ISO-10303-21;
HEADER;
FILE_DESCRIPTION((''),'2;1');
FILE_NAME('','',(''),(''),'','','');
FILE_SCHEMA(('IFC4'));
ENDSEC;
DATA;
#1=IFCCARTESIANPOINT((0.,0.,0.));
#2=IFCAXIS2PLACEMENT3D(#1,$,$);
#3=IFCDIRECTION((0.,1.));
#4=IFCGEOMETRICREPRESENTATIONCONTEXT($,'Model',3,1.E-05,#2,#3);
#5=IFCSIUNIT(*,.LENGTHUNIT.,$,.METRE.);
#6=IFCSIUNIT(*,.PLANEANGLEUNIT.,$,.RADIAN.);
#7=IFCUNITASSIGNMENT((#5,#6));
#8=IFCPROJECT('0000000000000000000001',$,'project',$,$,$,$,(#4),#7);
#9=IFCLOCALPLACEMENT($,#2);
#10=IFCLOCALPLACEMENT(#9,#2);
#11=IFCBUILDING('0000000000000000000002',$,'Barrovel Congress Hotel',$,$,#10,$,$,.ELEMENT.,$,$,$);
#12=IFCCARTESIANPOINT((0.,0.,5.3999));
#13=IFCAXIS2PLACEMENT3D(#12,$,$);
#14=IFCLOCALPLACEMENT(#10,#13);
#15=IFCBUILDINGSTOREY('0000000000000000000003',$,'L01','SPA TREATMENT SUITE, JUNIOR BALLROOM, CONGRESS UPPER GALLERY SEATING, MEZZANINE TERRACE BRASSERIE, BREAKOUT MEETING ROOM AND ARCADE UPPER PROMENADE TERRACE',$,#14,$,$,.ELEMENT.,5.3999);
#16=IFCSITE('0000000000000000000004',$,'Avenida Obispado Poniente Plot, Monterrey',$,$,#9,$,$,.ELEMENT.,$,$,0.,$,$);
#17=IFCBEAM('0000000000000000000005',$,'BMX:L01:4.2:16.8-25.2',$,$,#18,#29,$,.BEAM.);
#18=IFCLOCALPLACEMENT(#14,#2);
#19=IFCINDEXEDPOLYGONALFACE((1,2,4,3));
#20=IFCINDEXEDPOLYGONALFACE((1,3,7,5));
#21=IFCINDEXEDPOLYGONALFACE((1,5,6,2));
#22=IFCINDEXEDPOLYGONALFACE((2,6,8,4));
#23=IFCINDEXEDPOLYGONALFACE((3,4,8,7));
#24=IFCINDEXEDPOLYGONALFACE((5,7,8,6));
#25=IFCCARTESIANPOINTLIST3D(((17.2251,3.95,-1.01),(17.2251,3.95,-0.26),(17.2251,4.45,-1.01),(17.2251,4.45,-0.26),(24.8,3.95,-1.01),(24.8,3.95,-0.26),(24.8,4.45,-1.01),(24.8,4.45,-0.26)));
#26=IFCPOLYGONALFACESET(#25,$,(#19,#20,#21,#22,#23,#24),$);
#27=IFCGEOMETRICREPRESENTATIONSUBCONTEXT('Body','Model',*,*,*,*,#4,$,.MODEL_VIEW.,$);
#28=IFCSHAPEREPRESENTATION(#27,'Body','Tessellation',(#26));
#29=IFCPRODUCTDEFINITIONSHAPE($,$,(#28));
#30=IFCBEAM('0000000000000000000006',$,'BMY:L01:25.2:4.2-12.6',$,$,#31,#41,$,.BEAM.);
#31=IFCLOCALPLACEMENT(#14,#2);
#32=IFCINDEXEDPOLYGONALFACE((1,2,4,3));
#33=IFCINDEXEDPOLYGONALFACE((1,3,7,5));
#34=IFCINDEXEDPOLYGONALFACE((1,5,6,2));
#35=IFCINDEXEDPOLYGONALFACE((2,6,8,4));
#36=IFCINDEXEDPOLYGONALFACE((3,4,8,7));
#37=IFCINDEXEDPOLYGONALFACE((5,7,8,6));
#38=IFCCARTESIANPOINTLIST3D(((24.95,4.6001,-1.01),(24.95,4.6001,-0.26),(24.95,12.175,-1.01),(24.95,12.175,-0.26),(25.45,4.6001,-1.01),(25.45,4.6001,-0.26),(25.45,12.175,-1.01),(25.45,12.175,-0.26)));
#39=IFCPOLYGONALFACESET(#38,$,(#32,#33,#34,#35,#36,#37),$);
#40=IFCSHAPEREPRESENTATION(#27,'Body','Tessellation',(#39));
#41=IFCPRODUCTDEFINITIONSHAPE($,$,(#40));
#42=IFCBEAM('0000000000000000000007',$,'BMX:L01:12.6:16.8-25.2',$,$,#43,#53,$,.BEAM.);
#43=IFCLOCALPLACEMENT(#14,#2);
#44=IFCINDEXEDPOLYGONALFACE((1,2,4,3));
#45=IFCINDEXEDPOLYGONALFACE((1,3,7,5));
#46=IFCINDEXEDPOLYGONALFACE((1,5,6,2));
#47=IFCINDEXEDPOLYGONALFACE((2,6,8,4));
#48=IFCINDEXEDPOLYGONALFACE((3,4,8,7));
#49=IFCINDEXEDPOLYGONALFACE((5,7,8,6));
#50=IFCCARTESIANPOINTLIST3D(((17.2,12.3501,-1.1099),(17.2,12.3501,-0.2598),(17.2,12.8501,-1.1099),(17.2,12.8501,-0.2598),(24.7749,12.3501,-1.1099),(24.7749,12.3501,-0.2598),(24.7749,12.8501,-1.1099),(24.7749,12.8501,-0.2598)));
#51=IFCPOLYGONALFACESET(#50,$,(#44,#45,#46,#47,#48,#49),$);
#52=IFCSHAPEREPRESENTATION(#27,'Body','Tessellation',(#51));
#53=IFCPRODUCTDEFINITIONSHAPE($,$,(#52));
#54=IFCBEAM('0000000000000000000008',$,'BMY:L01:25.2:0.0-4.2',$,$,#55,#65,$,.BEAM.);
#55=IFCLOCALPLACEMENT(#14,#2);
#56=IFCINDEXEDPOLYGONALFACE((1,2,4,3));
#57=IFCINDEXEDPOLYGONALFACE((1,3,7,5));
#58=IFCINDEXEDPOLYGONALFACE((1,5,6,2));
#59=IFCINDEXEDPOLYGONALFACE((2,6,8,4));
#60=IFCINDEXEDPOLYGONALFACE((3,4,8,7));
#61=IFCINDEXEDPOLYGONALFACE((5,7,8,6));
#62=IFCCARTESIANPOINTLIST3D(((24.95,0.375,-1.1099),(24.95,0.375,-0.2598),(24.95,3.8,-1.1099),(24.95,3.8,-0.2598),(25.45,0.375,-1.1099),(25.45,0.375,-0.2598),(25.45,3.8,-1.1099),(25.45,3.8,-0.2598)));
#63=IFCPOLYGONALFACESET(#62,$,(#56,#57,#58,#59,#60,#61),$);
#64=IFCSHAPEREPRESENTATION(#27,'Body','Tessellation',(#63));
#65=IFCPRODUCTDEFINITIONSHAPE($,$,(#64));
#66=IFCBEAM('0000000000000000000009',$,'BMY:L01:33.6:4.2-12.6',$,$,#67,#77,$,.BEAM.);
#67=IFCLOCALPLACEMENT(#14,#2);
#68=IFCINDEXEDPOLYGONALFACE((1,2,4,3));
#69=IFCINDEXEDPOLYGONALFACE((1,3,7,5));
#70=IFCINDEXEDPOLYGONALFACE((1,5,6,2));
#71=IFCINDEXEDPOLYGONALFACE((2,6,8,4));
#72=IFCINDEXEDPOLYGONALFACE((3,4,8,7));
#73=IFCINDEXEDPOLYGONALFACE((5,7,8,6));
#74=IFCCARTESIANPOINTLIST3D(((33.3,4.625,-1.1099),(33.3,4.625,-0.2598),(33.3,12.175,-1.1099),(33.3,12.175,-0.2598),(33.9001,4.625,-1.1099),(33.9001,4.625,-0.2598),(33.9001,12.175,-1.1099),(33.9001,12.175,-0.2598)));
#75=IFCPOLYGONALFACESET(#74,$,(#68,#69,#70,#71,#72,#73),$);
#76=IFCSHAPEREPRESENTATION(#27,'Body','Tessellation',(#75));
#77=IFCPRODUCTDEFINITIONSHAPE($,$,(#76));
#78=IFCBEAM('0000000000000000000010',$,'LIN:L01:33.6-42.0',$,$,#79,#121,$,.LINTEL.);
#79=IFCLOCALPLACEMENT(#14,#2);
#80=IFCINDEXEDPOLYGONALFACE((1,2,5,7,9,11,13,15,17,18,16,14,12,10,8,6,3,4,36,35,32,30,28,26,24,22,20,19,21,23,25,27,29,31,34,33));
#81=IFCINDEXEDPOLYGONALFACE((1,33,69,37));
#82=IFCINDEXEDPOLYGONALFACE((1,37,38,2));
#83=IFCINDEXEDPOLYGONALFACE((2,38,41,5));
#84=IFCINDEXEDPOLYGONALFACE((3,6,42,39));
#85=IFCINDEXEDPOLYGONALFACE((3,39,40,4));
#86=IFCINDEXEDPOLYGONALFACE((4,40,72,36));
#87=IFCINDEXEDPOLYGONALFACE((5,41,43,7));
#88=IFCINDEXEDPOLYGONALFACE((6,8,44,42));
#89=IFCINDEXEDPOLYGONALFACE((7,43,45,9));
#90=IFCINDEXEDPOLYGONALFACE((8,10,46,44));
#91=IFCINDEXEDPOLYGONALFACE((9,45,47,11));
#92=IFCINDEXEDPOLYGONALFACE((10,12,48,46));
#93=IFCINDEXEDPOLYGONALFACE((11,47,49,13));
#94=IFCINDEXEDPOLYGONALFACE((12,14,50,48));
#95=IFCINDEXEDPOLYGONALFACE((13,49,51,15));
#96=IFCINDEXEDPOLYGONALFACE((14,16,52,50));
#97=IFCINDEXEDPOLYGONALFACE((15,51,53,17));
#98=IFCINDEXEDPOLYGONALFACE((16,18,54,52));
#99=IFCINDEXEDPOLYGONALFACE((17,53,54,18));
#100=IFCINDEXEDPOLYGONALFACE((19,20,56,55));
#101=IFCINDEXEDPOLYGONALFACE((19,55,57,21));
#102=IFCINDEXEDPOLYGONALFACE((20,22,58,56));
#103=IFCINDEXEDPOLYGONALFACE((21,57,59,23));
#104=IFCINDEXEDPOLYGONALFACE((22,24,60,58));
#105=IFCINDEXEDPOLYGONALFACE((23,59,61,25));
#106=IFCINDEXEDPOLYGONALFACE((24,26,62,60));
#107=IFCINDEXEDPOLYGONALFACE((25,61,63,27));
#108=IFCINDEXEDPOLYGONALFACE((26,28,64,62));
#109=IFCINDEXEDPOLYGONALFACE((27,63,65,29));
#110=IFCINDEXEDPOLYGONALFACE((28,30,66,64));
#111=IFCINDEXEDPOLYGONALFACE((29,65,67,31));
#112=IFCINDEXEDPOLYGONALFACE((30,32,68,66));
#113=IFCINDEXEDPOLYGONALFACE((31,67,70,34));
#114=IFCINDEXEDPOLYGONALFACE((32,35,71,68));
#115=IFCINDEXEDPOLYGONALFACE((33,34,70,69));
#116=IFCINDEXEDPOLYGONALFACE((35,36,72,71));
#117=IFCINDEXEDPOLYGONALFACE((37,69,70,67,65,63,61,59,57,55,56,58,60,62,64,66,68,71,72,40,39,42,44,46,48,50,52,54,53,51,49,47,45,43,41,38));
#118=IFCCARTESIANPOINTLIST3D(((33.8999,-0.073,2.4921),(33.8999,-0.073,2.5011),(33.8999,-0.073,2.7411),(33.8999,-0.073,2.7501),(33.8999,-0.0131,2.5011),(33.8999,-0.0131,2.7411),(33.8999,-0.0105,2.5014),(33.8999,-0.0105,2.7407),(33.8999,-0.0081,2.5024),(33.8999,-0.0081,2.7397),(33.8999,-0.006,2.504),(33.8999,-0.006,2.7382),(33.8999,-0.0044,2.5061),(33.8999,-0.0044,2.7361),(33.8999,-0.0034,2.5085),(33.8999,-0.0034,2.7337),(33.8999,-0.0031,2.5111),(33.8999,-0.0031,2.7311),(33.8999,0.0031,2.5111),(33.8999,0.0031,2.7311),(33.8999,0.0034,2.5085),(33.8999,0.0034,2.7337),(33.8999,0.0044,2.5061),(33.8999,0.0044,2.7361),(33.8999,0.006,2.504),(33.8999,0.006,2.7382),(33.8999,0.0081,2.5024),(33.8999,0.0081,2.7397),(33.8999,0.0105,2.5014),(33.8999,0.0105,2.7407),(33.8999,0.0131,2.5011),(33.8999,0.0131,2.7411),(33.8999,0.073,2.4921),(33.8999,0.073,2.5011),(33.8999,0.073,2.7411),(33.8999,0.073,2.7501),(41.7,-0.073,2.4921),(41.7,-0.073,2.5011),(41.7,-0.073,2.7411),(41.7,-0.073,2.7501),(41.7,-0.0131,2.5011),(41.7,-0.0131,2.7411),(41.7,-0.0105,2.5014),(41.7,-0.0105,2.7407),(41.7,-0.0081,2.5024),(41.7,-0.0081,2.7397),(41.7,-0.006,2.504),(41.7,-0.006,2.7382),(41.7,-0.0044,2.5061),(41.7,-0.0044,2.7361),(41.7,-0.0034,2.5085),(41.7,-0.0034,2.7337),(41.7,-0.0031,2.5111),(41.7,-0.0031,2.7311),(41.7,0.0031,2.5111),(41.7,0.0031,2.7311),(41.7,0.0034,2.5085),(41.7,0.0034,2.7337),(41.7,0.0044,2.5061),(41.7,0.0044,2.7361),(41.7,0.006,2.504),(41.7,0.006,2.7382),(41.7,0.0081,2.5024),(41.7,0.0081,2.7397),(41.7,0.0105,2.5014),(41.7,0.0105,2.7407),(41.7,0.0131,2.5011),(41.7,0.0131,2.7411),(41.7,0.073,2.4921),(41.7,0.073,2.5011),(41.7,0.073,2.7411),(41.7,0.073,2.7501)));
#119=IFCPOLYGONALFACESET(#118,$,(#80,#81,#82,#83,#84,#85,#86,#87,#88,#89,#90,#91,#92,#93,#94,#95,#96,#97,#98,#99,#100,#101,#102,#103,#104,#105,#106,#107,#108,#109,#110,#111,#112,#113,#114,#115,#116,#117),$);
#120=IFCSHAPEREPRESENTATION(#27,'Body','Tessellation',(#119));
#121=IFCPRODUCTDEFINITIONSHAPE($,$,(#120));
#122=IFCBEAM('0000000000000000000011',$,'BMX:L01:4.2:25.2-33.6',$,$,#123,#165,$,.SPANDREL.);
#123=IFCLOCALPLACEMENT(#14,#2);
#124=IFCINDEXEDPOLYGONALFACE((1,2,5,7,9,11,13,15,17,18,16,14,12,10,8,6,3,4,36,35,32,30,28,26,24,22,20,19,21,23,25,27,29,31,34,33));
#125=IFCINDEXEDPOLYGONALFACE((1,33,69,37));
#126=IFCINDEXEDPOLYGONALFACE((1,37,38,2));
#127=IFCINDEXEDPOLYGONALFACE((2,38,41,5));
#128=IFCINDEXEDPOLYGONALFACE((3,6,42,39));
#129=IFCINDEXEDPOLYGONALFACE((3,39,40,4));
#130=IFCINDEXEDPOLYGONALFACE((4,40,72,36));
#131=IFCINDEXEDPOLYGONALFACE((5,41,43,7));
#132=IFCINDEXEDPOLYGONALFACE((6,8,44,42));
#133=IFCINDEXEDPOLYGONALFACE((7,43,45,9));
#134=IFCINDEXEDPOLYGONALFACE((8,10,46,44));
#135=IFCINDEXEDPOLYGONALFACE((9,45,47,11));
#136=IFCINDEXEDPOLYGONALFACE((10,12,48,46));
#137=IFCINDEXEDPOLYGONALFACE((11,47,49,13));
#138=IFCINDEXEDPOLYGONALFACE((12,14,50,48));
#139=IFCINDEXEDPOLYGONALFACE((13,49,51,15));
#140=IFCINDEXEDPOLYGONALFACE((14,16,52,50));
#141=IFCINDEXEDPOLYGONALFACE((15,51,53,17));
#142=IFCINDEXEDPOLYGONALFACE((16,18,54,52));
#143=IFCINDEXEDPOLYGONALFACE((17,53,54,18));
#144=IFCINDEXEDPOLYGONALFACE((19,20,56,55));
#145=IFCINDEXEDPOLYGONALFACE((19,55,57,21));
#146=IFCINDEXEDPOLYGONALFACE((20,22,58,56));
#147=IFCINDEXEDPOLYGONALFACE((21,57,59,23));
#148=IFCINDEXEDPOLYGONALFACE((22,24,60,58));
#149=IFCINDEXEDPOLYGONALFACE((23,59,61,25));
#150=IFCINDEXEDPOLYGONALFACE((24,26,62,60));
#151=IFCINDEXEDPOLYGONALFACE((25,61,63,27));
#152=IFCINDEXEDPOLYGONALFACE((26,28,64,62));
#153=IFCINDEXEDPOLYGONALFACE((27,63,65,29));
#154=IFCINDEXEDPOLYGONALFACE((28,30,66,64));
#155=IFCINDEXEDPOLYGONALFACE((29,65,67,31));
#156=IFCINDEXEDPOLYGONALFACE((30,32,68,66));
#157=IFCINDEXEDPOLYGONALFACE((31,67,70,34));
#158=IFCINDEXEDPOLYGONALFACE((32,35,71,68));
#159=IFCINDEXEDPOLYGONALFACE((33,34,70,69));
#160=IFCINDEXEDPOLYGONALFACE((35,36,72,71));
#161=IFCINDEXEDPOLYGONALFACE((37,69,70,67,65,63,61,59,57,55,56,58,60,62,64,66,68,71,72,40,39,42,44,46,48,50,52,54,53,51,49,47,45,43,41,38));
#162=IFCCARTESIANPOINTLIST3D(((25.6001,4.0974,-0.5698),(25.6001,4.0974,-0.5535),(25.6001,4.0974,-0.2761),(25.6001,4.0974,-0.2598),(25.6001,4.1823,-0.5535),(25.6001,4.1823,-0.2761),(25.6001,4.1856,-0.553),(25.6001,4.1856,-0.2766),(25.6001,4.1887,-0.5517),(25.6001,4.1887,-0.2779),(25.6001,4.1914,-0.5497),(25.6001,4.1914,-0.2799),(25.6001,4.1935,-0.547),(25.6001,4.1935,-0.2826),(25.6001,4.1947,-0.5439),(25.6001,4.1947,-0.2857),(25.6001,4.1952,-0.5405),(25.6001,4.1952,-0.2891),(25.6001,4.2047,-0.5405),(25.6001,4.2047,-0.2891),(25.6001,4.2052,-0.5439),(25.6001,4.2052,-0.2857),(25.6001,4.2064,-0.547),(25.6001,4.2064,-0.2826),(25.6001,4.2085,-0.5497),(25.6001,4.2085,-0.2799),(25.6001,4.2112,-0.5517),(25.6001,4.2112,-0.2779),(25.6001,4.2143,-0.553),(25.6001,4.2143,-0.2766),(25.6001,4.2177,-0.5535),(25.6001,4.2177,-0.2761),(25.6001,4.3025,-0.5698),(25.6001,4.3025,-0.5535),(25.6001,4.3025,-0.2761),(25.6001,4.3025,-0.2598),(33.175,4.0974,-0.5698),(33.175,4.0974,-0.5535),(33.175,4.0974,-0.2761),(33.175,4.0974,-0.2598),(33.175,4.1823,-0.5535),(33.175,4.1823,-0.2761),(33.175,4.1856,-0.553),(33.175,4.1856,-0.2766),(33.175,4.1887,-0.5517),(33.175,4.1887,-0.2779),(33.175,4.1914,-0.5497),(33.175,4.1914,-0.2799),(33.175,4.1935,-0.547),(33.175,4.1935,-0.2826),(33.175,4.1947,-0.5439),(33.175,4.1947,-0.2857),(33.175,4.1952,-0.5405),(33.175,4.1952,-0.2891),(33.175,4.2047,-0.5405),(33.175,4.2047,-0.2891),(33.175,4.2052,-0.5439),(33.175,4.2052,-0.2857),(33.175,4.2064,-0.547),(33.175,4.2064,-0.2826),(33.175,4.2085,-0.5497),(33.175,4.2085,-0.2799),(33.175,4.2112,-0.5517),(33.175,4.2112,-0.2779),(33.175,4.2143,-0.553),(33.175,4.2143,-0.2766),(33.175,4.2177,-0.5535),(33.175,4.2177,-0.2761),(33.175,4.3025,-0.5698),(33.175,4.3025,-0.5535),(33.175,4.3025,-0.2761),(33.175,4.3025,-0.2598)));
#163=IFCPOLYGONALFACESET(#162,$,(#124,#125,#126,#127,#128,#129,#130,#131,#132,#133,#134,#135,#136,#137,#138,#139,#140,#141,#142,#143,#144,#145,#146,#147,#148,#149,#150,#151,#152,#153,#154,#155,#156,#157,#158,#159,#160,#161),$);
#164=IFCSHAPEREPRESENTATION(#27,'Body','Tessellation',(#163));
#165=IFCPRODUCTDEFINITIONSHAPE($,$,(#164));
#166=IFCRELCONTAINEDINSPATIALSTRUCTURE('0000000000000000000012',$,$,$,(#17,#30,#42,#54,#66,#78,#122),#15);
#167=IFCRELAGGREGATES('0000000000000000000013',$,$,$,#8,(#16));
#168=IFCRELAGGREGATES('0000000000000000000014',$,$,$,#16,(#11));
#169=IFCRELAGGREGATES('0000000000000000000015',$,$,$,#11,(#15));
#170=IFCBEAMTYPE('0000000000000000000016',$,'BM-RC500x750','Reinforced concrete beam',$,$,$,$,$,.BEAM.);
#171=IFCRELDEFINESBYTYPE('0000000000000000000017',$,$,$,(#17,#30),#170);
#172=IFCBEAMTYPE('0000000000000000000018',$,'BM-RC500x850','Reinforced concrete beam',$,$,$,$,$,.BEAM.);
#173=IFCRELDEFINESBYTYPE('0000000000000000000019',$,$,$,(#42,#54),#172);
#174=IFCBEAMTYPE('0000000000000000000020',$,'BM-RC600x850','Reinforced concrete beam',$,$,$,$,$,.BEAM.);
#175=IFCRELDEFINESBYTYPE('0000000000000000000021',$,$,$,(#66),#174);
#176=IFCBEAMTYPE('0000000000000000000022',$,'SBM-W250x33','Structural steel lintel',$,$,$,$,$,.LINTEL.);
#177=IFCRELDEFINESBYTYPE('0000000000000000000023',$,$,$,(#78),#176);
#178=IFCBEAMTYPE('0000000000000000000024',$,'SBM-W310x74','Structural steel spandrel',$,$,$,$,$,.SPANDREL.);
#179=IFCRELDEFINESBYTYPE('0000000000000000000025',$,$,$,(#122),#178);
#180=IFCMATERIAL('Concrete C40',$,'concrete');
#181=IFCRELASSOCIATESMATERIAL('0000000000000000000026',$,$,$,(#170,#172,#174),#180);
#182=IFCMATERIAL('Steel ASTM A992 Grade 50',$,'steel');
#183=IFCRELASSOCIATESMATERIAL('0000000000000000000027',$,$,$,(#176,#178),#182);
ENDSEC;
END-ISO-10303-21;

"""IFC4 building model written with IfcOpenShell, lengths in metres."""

from ifc_helpers import new_model, si_unit, direction, frame, origin, origin_2d, place, context, subcontext, project, spatial, rectangle, i_section, extrude, material, material_profile, profile_set, type_object, element, save


model = new_model("IFC4")

# Units and contexts
model_context = context("Model", 3, precision=1e-05, world=origin(), true_north=direction((0.0, 1.0)))
body_context = subcontext(model_context, "Body", "Model", "MODEL_VIEW")
ifc_project = project(units=[si_unit("LENGTHUNIT", "METRE"), si_unit("PLANEANGLEUNIT", "RADIAN")], contexts=[model_context])

# Site, building, storey
site_placement = place(None, origin())
site = spatial("IfcSite", under=ifc_project, at=site_placement, Name="Avenida Obispado Poniente Plot, Monterrey", CompositionType="ELEMENT", RefElevation=0.0)
building_placement = place(site_placement, origin())
building = spatial("IfcBuilding", under=site, at=building_placement, Name="Barrovel Congress Hotel", CompositionType="ELEMENT")
storey_placement = place(building_placement, frame((0.0, 0.0, 5.3999)))
storey = spatial("IfcBuildingStorey", under=building, at=storey_placement, Name="L01", Description="SPA TREATMENT SUITE, JUNIOR BALLROOM, CONGRESS UPPER GALLERY SEATING, MEZZANINE TERRACE BRASSERIE, BREAKOUT MEETING ROOM AND ARCADE UPPER PROMENADE TERRACE", CompositionType="ELEMENT", Elevation=5.3999)

# Shared definitions
ifc_material_1 = material(Name="Concrete C40", Category="concrete")

# Beams
ifc_material_profile_1 = material_profile(ifc_material_1, rectangle(XDim=0.5, YDim=0.75, at=origin_2d()), Name="RC500x750")
ifc_profile_set_1 = profile_set([ifc_material_profile_1], Name="Concrete C40")
beam_type_1 = type_object("IfcBeamType", Name="BM-RC500x750", Description="Reinforced concrete beam", PredefinedType="BEAM", material=ifc_profile_set_1)
for number, where, z_axis, x_axis, name in (
    (1, (17.2251, 4.2, -0.635), (1.0, 0.0, 0.0), (0.0, 1.0, 0.0), "BMX:L01:4.2:16.8-25.2"),
    (2, (25.2, 4.6001, -0.635), (0.0, 1.0, 0.0), (-1.0, 0.0, 0.0), "BMY:L01:25.2:4.2-12.6"),
):
    element("IfcBeam", number, at=place(storey_placement, frame(where, z_axis=z_axis, x_axis=x_axis)), inside=storey, type_object=beam_type_1, Name=name, PredefinedType="BEAM", context=body_context, shape_type="SweptSolid", body=[
        extrude(rectangle(XDim=0.5, YDim=0.75, at=origin_2d()), origin(), (0.0, 0.0, 1.0), 7.575),
    ])
ifc_material_profile_2 = material_profile(ifc_material_1, rectangle(XDim=0.5, YDim=0.8501, at=origin_2d()), Name="RC500x850")
ifc_profile_set_2 = profile_set([ifc_material_profile_2], Name="Concrete C40")
beam_type_2 = type_object("IfcBeamType", Name="BM-RC500x850", Description="Reinforced concrete beam", PredefinedType="BEAM", material=ifc_profile_set_2)
beam_1_placement = place(storey_placement, frame((17.2, 12.6001, -0.6848), z_axis=(1.0, 0.0, 0.0), x_axis=(0.0, 1.0, 0.0)))
element("IfcBeam", 3, at=beam_1_placement, inside=storey, type_object=beam_type_2, Name="BMX:L01:12.6:16.8-25.2", PredefinedType="BEAM", context=body_context, shape_type="SweptSolid", body=[
    extrude(rectangle(XDim=0.5, YDim=0.8501, at=origin_2d()), origin(), (0.0, 0.0, 1.0), 7.575),
])
beam_2_placement = place(storey_placement, frame((25.2, 0.375, -0.6848), z_axis=(0.0, 1.0, 0.0), x_axis=(-1.0, 0.0, 0.0)))
element("IfcBeam", 4, at=beam_2_placement, inside=storey, type_object=beam_type_2, Name="BMY:L01:25.2:0.0-4.2", PredefinedType="BEAM", context=body_context, shape_type="SweptSolid", body=[
    extrude(rectangle(XDim=0.5, YDim=0.8501, at=origin_2d()), origin(), (0.0, 0.0, 1.0), 3.425),
])
ifc_material_profile_3 = material_profile(ifc_material_1, rectangle(XDim=0.6001, YDim=0.8501, at=origin_2d()), Name="RC600x850")
ifc_profile_set_3 = profile_set([ifc_material_profile_3], Name="Concrete C40")
beam_type_3 = type_object("IfcBeamType", Name="BM-RC600x850", Description="Reinforced concrete beam", PredefinedType="BEAM", material=ifc_profile_set_3)
beam_3_placement = place(storey_placement, frame((33.6001, 4.625, -0.6848), z_axis=(0.0, 1.0, 0.0), x_axis=(-1.0, 0.0, 0.0)))
element("IfcBeam", 5, at=beam_3_placement, inside=storey, type_object=beam_type_3, Name="BMY:L01:33.6:4.2-12.6", PredefinedType="BEAM", context=body_context, shape_type="SweptSolid", body=[
    extrude(rectangle(XDim=0.6001, YDim=0.8501, at=origin_2d()), origin(), (0.0, 0.0, 1.0), 7.55),
])
ifc_material_2 = material(Name="Steel ASTM A992 Grade 50", Category="steel")
ifc_material_profile_4 = material_profile(ifc_material_2, i_section(OverallWidth=0.146, OverallDepth=0.2581, WebThickness=0.0061, FlangeThickness=0.009, FilletRadius=0.01, at=origin_2d()), Name="W250x33")
ifc_profile_set_4 = profile_set([ifc_material_profile_4], Name="Steel ASTM A992 Grade 50")
beam_type_4 = type_object("IfcBeamType", Name="SBM-W250x33", Description="Structural steel lintel", PredefinedType="LINTEL", material=ifc_profile_set_4)
beam_4_placement = place(storey_placement, frame((33.8999, 0.0, 2.6211), z_axis=(1.0, 0.0, 0.0), x_axis=(0.0, 1.0, 0.0)))
element("IfcBeam", 6, at=beam_4_placement, inside=storey, type_object=beam_type_4, Name="LIN:L01:33.6-42.0", PredefinedType="LINTEL", context=body_context, shape_type="SweptSolid", body=[
    extrude(i_section(OverallWidth=0.146, OverallDepth=0.2581, WebThickness=0.0061, FlangeThickness=0.009, FilletRadius=0.01, at=origin_2d()), origin(), (0.0, 0.0, 1.0), 7.8),
])
ifc_material_profile_5 = material_profile(ifc_material_2, i_section(OverallWidth=0.2051, OverallDepth=0.3101, WebThickness=0.0095, FlangeThickness=0.0164, FilletRadius=0.0129, at=origin_2d()), Name="W310x74")
ifc_profile_set_5 = profile_set([ifc_material_profile_5], Name="Steel ASTM A992 Grade 50")
beam_type_5 = type_object("IfcBeamType", Name="SBM-W310x74", Description="Structural steel spandrel", PredefinedType="SPANDREL", material=ifc_profile_set_5)
beam_5_placement = place(storey_placement, frame((25.6001, 4.2, -0.4148), z_axis=(1.0, 0.0, 0.0), x_axis=(0.0, 1.0, 0.0)))
element("IfcBeam", 7, at=beam_5_placement, inside=storey, type_object=beam_type_5, Name="BMX:L01:4.2:25.2-33.6", PredefinedType="SPANDREL", context=body_context, shape_type="SweptSolid", body=[
    extrude(i_section(OverallWidth=0.2051, OverallDepth=0.3101, WebThickness=0.0095, FlangeThickness=0.0164, FilletRadius=0.0129, at=origin_2d()), origin(), (0.0, 0.0, 1.0), 7.575),
])

save(model, "model.ifc")
